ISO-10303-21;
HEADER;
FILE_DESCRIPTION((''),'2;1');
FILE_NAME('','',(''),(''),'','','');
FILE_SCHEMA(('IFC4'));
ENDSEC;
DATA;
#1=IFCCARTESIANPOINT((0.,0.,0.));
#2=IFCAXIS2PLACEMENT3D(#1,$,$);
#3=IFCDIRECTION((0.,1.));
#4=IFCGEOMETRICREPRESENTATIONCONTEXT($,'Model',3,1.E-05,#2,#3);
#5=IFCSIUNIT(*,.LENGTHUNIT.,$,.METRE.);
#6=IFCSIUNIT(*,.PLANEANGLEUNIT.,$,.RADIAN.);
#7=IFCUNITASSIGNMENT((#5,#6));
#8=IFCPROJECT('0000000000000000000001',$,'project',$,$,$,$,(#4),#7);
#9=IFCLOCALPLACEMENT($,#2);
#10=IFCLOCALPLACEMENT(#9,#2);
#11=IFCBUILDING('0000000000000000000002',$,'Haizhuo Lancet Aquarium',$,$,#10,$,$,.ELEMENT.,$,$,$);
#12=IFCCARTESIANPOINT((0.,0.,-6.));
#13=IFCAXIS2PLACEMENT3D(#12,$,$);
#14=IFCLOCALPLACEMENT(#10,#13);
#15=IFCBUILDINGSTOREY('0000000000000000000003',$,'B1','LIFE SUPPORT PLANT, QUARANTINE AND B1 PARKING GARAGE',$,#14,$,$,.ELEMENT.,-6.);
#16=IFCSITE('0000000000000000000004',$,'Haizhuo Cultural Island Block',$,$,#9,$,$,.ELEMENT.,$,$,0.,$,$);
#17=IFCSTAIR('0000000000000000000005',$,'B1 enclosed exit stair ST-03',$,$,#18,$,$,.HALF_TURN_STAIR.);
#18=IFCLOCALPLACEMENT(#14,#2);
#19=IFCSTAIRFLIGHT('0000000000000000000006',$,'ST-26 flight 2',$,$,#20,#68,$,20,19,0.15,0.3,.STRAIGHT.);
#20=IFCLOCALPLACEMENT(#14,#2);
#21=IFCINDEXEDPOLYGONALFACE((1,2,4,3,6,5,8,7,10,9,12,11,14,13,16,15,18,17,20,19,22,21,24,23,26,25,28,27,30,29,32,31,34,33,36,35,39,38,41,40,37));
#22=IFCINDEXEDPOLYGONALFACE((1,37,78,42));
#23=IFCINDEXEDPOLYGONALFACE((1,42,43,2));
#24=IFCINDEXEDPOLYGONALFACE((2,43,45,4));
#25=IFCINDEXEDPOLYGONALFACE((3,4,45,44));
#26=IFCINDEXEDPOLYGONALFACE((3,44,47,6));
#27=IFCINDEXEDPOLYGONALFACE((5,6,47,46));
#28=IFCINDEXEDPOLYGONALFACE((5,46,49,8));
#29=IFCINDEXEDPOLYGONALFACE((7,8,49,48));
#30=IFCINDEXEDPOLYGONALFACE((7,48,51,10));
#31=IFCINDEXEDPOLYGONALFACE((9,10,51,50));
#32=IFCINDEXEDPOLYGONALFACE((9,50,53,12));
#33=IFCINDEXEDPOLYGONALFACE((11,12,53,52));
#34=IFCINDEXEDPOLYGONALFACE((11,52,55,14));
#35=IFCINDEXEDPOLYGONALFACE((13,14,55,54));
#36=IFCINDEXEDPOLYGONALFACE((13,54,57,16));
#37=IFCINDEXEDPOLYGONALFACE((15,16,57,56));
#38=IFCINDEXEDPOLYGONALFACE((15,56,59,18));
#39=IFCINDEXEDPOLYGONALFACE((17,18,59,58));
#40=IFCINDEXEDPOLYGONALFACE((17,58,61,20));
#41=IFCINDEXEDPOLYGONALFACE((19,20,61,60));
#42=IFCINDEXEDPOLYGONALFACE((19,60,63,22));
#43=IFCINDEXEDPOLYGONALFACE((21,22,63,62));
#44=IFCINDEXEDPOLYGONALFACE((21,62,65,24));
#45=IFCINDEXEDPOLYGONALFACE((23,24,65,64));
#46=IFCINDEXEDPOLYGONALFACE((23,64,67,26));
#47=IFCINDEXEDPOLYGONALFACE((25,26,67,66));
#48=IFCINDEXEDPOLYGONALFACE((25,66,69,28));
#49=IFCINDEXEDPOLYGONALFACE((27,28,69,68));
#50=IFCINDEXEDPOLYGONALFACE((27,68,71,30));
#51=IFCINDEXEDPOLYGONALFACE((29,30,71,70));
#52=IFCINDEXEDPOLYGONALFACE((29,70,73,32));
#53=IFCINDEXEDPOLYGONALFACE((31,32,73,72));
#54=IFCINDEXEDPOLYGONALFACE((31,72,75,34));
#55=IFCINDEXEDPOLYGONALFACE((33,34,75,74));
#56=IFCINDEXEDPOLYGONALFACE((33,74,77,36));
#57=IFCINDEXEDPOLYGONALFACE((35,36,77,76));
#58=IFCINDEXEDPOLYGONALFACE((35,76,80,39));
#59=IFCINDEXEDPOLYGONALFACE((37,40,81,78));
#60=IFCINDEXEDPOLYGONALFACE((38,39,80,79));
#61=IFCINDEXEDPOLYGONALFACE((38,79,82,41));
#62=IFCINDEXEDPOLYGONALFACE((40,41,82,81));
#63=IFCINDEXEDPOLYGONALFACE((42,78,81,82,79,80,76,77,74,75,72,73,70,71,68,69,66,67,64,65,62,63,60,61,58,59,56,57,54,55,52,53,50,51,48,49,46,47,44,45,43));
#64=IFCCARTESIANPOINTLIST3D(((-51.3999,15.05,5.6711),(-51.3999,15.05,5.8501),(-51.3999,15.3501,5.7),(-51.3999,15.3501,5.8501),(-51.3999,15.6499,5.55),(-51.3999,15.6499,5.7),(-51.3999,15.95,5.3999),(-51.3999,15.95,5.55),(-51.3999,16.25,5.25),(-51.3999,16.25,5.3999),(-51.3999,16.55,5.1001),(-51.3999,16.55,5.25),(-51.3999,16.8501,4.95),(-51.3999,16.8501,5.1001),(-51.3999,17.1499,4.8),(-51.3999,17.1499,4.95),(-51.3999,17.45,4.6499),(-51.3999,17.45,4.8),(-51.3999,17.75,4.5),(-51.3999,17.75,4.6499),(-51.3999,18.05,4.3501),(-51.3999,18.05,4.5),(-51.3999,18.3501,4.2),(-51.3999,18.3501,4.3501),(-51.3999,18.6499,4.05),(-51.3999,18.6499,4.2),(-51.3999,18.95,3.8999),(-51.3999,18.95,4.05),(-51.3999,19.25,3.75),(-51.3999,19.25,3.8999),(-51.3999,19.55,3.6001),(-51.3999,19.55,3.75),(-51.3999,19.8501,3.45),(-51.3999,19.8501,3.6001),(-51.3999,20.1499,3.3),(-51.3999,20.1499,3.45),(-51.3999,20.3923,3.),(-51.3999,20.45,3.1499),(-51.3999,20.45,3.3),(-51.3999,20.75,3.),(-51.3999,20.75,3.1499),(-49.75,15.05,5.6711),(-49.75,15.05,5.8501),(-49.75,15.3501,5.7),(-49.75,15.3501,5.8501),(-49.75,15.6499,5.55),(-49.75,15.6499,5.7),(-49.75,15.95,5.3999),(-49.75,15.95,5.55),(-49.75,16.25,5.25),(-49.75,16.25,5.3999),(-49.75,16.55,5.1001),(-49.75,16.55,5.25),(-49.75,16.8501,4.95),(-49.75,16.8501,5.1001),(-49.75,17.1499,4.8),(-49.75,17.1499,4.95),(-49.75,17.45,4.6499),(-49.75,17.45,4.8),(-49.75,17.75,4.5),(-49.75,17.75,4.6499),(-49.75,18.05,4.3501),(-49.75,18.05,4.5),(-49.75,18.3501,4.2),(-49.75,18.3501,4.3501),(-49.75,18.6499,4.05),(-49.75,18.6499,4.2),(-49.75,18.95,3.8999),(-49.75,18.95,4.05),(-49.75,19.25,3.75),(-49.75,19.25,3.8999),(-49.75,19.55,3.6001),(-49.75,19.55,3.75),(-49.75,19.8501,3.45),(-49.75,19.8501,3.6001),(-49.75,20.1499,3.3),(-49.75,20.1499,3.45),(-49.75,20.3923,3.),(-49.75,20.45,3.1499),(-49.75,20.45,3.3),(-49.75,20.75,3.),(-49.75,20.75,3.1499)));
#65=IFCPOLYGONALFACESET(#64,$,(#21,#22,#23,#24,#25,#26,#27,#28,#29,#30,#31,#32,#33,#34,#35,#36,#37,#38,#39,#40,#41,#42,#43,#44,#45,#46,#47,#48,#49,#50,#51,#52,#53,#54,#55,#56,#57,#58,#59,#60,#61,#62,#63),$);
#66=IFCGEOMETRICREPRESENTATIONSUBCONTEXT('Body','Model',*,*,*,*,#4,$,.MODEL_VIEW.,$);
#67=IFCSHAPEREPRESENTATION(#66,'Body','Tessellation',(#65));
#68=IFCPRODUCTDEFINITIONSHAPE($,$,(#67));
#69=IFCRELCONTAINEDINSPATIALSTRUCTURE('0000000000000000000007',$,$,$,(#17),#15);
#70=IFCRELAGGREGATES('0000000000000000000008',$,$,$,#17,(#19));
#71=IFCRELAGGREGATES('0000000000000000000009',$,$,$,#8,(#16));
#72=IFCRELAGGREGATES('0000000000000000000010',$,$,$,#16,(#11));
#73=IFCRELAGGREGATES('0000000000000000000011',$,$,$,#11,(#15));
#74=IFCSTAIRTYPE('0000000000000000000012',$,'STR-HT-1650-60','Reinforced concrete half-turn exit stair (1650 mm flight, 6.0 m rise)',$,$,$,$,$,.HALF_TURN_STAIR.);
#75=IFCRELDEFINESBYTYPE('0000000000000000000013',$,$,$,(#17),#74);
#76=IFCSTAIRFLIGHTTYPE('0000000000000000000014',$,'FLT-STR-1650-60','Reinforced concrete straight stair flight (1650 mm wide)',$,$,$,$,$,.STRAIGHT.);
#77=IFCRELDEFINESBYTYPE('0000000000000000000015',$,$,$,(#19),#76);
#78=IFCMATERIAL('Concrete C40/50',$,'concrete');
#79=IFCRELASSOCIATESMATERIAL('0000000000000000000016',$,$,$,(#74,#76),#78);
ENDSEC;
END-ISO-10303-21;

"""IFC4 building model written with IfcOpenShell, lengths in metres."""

from ifc_helpers import new_model, si_unit, direction, frame, origin, place, context, subcontext, project, spatial, polyline, outline, extrude, material, type_object, element, aggregate, save


model = new_model("IFC4")

# Units and contexts
model_context = context("Model", 3, precision=1e-05, world=origin(), true_north=direction((0.0, 1.0)))
body_context = subcontext(model_context, "Body", "Model", "MODEL_VIEW")
ifc_project = project(units=[si_unit("LENGTHUNIT", "METRE"), si_unit("PLANEANGLEUNIT", "RADIAN")], contexts=[model_context])

# Site, building, storey
site_placement = place(None, origin())
site = spatial("IfcSite", under=ifc_project, at=site_placement, Name="Haizhuo Cultural Island Block", CompositionType="ELEMENT", RefElevation=0.0)
building_placement = place(site_placement, origin())
building = spatial("IfcBuilding", under=site, at=building_placement, Name="Haizhuo Lancet Aquarium", CompositionType="ELEMENT")
storey_placement = place(building_placement, frame((0.0, 0.0, -6.0)))
storey = spatial("IfcBuildingStorey", under=building, at=storey_placement, Name="B1", Description="LIFE SUPPORT PLANT, QUARANTINE AND B1 PARKING GARAGE", CompositionType="ELEMENT", Elevation=-6.0)

# Shared definitions
ifc_material_1 = material(Name="Concrete C40/50", Category="concrete")

# Stair, stair flight
stair_type = type_object("IfcStairType", Name="STR-HT-1650-60", Description="Reinforced concrete half-turn exit stair (1650 mm flight, 6.0 m rise)", PredefinedType="HALF_TURN_STAIR", material=ifc_material_1)
stair_placement = place(storey_placement, origin())
stair = element("IfcStair", 1, at=stair_placement, inside=storey, type_object=stair_type, Name="B1 enclosed exit stair ST-03", PredefinedType="HALF_TURN_STAIR")
stair_flight_type = type_object("IfcStairFlightType", Name="FLT-STR-1650-60", Description="Reinforced concrete straight stair flight (1650 mm wide)", PredefinedType="STRAIGHT", material=ifc_material_1)
stair_flight_1_placement = place(storey_placement, frame((-50.575, 20.75, 3.0), z_axis=(0.0, 0.0, 1.0), x_axis=(0.0, -1.0, 0.0)))
stair_flight_1 = element("IfcStairFlight", 2, at=stair_flight_1_placement, type_object=stair_flight_type, Name="ST-26 flight 2", NumberOfRisers=20, NumberOfTreads=19, PredefinedType="STRAIGHT", RiserHeight=0.15, TreadLength=0.3, context=body_context, shape_type="SweptSolid", body=[
    extrude(outline(polyline([(0.0, 0.0), (0.0, 0.1499), (0.3, 0.1499), (0.3, 0.3), (0.6001, 0.3), (0.6001, 0.45), (0.8999, 0.45), (0.8999, 0.6001), (1.2, 0.6001), (1.2, 0.75), (1.5, 0.75), (1.5, 0.8999), (1.8, 0.8999), (1.8, 1.05), (2.1001, 1.05), (2.1001, 1.2), (2.3999, 1.2), (2.3999, 1.3501), (2.7, 1.3501), (2.7, 1.5), (3.0, 1.5), (3.0, 1.6499), (3.3, 1.6499), (3.3, 1.8), (3.6001, 1.8), (3.6001, 1.95), (3.8999, 1.95), (3.8999, 2.1001), (4.2, 2.1001), (4.2, 2.25), (4.5, 2.25), (4.5, 2.3999), (4.8, 2.3999), (4.8, 2.55), (5.1001, 2.55), (5.1001, 2.7), (5.3999, 2.7), (5.3999, 2.8501), (5.7, 2.8501), (5.7, 3.0), (5.7, 2.6711), (0.3577, 0.0), (0.0, 0.0)])), frame((0.0, 0.825, 0.0), z_axis=(0.0, -1.0, 0.0), x_axis=(1.0, 0.0, 0.0)), (0.0, 0.0, 1.0), 1.6499),
])
aggregate(stair, [stair_flight_1])

save(model, "model.ifc")
